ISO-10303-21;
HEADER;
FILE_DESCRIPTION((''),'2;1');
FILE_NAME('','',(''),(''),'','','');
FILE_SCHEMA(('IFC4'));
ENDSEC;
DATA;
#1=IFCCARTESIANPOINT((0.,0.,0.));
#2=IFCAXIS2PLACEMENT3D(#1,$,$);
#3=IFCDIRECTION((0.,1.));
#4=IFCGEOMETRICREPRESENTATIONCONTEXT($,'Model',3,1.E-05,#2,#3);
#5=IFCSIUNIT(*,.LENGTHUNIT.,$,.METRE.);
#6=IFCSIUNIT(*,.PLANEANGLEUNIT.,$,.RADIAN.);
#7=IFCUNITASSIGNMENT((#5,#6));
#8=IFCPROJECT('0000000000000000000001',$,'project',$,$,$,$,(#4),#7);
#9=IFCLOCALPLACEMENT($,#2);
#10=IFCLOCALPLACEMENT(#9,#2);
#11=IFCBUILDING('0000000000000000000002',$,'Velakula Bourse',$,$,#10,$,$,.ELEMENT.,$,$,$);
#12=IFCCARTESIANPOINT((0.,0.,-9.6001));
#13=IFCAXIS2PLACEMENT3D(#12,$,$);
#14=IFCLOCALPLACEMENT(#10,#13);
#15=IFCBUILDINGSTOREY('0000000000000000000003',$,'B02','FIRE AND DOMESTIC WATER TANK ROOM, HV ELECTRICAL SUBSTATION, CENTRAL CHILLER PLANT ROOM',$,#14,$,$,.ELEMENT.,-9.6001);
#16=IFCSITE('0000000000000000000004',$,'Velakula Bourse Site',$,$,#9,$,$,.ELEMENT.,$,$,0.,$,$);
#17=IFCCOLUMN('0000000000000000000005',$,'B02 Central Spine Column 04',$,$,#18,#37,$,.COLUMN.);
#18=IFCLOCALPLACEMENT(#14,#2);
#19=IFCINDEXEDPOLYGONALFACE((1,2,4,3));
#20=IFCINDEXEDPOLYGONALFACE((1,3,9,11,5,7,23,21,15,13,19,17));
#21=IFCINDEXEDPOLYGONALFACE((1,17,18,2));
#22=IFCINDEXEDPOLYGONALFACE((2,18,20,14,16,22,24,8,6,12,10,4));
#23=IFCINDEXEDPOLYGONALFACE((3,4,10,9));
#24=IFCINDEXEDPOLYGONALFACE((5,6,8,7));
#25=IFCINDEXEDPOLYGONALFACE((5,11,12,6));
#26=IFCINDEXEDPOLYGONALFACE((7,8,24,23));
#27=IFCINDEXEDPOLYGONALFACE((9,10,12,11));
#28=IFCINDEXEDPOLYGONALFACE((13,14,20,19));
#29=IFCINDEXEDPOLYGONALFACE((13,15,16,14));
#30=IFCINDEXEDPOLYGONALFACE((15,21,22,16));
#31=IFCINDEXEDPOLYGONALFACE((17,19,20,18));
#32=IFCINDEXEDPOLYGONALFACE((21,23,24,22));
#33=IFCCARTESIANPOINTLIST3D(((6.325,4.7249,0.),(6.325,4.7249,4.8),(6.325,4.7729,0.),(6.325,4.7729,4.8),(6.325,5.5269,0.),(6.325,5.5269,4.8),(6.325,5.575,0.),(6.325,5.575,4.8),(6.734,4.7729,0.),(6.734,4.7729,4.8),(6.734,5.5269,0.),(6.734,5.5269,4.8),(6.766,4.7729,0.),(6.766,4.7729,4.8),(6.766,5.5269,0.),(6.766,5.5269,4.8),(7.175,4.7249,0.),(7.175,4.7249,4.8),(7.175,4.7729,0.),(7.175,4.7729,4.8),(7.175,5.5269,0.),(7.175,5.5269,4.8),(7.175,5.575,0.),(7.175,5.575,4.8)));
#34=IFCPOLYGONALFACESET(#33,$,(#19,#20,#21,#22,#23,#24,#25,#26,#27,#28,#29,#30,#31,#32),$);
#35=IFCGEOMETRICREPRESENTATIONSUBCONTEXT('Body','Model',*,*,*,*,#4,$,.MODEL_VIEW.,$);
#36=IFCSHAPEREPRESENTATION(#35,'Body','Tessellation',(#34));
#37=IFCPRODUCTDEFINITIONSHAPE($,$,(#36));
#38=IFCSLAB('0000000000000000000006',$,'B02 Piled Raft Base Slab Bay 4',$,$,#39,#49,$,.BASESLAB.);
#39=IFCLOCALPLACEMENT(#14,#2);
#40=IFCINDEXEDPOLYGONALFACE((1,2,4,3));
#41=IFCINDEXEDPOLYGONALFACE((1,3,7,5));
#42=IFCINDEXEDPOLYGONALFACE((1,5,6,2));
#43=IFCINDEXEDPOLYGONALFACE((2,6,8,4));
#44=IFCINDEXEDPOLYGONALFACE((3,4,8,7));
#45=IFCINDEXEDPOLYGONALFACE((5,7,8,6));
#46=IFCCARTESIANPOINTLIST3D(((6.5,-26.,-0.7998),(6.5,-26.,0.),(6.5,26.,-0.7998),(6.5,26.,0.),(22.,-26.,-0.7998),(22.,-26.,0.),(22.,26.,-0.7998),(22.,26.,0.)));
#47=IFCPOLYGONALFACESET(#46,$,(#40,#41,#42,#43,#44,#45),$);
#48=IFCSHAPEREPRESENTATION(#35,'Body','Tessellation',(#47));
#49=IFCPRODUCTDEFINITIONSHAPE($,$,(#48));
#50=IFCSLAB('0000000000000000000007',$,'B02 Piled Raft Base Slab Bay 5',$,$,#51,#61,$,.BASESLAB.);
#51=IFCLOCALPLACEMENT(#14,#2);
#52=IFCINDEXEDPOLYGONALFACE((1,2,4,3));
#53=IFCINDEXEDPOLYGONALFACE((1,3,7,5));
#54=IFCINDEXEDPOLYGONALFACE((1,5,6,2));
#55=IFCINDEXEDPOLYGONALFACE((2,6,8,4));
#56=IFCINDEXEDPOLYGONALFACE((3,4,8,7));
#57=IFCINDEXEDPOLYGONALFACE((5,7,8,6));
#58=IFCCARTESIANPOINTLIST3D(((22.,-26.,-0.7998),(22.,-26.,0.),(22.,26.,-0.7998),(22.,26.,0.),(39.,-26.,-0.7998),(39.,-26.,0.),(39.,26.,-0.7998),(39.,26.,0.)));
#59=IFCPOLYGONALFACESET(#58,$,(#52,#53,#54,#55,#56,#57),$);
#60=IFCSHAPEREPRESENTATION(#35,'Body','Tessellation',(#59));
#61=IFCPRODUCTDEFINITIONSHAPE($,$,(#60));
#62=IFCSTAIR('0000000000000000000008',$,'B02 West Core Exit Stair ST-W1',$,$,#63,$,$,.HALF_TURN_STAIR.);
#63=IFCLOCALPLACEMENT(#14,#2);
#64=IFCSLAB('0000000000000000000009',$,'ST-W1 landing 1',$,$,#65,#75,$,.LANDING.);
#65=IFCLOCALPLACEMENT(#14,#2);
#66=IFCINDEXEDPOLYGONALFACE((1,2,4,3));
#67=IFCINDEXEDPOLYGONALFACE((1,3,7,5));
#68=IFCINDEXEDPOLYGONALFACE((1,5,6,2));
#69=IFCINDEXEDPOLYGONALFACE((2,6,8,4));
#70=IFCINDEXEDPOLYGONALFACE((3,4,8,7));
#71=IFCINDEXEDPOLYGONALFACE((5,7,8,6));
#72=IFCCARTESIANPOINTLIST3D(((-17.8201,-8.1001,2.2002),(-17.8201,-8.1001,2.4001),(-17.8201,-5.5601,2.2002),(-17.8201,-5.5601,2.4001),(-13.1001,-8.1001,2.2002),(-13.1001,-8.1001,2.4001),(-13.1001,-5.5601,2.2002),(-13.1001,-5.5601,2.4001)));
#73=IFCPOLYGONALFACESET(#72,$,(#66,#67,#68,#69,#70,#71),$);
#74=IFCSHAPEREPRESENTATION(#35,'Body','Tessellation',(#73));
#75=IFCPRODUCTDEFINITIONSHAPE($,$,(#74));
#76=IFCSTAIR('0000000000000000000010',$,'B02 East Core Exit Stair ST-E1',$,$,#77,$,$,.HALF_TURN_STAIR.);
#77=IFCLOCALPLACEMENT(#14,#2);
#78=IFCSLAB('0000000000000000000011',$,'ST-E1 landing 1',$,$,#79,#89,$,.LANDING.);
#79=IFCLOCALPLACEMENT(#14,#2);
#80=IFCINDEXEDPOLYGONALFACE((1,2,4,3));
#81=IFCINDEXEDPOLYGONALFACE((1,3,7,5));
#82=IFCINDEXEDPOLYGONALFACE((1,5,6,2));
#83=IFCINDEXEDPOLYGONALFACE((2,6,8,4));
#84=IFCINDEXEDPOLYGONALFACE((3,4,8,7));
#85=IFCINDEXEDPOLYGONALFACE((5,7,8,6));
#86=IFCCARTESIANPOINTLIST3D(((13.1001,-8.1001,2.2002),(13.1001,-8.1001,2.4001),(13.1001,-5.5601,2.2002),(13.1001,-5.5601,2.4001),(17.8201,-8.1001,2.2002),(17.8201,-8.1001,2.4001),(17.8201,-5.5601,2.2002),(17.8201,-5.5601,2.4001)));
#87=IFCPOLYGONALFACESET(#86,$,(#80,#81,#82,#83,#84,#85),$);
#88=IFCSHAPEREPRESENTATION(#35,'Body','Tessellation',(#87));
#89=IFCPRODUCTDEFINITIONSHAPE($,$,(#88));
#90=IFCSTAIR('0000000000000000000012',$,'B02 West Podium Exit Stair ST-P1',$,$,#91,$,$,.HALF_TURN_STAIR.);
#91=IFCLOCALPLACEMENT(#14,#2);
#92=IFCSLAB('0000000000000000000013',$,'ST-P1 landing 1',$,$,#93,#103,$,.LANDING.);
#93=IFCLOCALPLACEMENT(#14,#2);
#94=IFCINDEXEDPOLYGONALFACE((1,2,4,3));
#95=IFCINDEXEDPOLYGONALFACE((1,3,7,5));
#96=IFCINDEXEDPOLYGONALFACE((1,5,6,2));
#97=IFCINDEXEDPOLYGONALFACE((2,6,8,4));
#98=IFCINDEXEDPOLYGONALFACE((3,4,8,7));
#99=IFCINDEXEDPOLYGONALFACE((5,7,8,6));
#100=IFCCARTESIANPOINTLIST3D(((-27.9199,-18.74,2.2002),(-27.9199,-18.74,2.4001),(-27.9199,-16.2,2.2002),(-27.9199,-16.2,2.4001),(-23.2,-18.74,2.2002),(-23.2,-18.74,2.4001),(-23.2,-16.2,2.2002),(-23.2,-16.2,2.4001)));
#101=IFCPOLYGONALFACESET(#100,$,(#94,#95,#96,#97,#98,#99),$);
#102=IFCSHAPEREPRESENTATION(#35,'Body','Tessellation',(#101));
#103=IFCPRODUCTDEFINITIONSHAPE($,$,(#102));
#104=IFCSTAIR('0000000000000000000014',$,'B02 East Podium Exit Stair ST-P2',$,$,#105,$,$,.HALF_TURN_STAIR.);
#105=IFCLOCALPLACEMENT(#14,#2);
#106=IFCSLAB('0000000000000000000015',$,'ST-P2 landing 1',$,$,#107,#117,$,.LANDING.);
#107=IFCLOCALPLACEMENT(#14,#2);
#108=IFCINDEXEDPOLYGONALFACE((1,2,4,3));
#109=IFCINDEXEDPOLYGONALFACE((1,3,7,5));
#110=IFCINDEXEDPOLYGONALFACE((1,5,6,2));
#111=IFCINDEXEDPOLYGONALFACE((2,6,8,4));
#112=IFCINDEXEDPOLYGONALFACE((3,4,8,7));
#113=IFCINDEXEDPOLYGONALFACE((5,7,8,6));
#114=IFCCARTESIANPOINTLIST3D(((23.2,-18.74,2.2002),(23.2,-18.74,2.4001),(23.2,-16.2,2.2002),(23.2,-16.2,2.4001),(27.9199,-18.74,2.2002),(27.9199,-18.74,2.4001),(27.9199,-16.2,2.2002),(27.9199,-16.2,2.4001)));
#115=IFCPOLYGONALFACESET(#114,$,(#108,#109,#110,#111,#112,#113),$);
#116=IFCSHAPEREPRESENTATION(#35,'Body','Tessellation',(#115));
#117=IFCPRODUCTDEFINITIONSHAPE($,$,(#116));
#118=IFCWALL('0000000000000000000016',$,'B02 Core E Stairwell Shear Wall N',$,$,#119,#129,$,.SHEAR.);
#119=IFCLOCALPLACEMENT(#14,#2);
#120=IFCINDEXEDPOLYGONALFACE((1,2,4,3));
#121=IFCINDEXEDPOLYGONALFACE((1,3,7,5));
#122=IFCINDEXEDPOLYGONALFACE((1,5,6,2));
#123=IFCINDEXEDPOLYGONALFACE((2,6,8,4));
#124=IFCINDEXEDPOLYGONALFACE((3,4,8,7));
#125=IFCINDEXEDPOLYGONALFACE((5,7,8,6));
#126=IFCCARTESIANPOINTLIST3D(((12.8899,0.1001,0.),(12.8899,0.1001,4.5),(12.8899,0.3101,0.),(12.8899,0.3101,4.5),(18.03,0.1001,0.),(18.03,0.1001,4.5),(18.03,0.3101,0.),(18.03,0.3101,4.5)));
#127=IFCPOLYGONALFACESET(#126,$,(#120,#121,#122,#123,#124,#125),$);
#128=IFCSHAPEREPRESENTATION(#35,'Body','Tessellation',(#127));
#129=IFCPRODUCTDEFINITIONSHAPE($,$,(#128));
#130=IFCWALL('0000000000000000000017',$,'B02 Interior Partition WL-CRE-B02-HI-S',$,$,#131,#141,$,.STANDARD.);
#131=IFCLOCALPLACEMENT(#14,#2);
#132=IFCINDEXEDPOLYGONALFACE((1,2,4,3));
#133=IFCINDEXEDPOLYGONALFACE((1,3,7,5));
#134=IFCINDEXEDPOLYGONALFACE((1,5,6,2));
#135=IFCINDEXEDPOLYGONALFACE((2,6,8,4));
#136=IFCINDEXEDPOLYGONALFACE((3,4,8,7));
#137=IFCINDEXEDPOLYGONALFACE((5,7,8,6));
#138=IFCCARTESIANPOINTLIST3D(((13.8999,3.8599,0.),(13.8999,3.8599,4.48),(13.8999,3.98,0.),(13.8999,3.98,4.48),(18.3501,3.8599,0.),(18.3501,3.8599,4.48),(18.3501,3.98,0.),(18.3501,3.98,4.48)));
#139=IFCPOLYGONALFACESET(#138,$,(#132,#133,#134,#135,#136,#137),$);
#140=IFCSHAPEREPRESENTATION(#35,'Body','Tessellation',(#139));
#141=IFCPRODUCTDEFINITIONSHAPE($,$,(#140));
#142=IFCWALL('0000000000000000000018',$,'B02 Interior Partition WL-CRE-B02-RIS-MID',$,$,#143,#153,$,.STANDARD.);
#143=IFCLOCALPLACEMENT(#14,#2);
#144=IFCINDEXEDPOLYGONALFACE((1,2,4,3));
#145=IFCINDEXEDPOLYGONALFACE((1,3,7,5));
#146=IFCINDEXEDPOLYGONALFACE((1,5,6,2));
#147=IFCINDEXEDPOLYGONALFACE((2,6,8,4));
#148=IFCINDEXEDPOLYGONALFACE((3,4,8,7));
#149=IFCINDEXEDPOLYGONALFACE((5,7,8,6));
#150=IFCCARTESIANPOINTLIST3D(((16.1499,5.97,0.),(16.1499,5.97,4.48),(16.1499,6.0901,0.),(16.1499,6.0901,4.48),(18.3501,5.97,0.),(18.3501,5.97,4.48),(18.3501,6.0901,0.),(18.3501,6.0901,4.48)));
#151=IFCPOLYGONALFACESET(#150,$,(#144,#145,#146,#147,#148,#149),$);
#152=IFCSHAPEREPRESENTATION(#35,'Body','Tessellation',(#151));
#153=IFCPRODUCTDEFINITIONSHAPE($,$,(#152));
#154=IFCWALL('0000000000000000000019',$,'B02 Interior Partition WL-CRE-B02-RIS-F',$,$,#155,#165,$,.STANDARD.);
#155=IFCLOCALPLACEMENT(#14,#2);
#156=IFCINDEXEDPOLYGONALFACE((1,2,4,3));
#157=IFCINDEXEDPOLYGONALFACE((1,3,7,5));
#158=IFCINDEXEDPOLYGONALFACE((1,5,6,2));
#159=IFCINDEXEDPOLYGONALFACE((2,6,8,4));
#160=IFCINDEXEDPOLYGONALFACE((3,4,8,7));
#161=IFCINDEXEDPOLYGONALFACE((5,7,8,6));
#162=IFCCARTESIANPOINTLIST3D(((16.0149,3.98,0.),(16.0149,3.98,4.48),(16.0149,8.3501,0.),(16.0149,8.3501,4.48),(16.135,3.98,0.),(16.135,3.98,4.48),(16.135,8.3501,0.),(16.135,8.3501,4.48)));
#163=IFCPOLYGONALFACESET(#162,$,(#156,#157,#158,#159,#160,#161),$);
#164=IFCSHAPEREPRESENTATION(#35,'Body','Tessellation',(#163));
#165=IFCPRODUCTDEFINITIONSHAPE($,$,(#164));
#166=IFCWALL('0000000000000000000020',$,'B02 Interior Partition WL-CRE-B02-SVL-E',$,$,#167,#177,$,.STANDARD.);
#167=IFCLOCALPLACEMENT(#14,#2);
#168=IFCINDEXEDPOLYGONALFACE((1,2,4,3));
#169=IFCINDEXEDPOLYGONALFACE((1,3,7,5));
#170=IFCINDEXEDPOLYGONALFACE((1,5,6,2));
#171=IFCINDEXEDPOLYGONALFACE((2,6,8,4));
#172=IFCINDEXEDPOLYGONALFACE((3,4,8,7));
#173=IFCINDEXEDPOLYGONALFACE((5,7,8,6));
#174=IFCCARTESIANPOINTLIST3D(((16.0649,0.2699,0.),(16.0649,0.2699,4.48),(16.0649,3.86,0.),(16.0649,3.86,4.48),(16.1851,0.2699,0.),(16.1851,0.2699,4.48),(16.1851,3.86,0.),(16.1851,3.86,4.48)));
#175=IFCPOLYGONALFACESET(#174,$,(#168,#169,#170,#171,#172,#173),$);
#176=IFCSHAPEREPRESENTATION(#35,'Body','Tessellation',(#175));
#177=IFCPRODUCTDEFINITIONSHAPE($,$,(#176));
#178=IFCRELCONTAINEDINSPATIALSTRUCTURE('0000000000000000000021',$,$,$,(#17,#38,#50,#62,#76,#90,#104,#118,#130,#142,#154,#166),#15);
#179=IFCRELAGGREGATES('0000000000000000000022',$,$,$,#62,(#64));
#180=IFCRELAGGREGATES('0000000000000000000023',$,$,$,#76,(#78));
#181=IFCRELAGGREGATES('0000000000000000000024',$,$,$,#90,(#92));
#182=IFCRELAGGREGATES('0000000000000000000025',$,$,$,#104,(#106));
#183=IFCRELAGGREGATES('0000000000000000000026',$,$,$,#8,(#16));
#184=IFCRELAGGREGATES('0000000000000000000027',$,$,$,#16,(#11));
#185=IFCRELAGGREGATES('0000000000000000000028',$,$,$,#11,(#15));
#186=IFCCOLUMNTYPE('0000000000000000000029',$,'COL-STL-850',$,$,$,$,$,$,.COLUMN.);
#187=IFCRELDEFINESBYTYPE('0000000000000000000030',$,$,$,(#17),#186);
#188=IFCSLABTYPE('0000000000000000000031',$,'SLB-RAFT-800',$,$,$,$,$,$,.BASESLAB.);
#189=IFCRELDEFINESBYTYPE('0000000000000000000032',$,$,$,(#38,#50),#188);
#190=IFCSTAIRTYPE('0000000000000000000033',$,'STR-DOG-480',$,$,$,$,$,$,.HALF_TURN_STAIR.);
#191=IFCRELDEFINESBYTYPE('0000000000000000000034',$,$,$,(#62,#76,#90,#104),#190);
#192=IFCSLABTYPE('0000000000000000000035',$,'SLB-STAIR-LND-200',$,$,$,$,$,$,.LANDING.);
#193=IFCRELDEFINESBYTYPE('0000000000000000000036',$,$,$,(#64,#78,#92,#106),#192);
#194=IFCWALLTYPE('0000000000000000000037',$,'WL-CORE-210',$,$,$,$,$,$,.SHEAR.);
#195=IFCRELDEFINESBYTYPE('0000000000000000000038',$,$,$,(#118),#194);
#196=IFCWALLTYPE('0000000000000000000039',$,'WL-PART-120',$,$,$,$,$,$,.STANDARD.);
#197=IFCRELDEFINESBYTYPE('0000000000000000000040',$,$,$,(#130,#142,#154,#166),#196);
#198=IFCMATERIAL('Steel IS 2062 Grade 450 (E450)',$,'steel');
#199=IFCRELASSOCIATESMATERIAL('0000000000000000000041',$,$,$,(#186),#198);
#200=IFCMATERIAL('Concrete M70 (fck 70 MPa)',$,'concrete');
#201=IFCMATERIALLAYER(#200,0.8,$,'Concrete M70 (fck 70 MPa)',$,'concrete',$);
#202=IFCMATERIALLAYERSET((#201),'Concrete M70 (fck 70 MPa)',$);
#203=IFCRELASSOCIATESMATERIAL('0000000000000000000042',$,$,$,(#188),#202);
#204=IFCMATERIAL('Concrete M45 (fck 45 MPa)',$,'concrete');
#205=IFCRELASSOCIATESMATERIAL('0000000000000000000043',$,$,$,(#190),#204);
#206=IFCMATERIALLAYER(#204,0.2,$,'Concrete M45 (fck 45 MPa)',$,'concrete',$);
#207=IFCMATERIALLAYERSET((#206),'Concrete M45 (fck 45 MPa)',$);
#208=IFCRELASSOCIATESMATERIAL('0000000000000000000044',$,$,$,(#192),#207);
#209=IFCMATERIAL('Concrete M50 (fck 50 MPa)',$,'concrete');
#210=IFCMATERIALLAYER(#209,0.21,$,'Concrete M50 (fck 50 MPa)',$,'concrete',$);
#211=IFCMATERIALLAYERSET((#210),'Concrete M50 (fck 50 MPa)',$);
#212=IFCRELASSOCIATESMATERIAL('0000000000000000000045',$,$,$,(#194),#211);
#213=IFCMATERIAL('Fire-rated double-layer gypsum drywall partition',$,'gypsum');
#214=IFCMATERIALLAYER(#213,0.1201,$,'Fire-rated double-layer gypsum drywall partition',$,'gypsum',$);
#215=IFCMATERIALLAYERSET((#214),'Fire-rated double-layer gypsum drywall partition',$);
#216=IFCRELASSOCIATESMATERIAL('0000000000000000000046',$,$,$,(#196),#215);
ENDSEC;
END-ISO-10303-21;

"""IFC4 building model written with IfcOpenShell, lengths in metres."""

from ifc_helpers import new_model, si_unit, direction, frame, frame_2d, origin, origin_2d, place, context, subcontext, project, spatial, polyline, rectangle, i_section, outline, extrude, material, layer, layer_set, material_profile, profile_set, type_object, element, aggregate, save


model = new_model("IFC4")

# Units and contexts
model_context = context("Model", 3, precision=1e-05, world=origin(), true_north=direction((0.0, 1.0)))
body_context = subcontext(model_context, "Body", "Model", "MODEL_VIEW")
ifc_project = project(units=[si_unit("LENGTHUNIT", "METRE"), si_unit("PLANEANGLEUNIT", "RADIAN")], contexts=[model_context])

# Site, building, storey
site_placement = place(None, origin())
site = spatial("IfcSite", under=ifc_project, at=site_placement, Name="Velakula Bourse Site", CompositionType="ELEMENT", RefElevation=0.0)
building_placement = place(site_placement, origin())
building = spatial("IfcBuilding", under=site, at=building_placement, Name="Velakula Bourse", CompositionType="ELEMENT")
storey_placement = place(building_placement, frame((0.0, 0.0, -9.6001)))
storey = spatial("IfcBuildingStorey", under=building, at=storey_placement, Name="B02", Description="FIRE AND DOMESTIC WATER TANK ROOM, HV ELECTRICAL SUBSTATION, CENTRAL CHILLER PLANT ROOM", CompositionType="ELEMENT", Elevation=-9.6001)

# Shared definitions
ifc_material_1 = material(Name="Concrete M70 (fck 70 MPa)", Category="concrete")

# Shared definitions
ifc_material_2 = material(Name="Concrete M50 (fck 50 MPa)", Category="concrete")

# Column
ifc_material_3 = material(Name="Steel IS 2062 Grade 450 (E450)", Category="steel")
ifc_material_profile_1 = material_profile(ifc_material_3, i_section(OverallWidth=0.8501, OverallDepth=0.8501, WebThickness=0.032, FlangeThickness=0.0481, at=origin_2d()), Name="Steel IS 2062 Grade 450 (E450)")
ifc_profile_set_1 = profile_set([ifc_material_profile_1], Name="Steel IS 2062 Grade 450 (E450)")
column_type_1 = type_object("IfcColumnType", Name="COL-STL-850", PredefinedType="COLUMN", material=ifc_profile_set_1)
column_placement = place(storey_placement, frame((6.75, 5.1499, 0.0), z_axis=(0.0, 0.0, 1.0), x_axis=(1.0, 0.0, 0.0)))
element("IfcColumn", 1, at=column_placement, inside=storey, type_object=column_type_1, Name="B02 Central Spine Column 04", PredefinedType="COLUMN", context=body_context, shape_type="SweptSolid", body=[
    extrude(i_section(OverallWidth=0.8501, OverallDepth=0.8501, WebThickness=0.032, FlangeThickness=0.0481, at=origin_2d()), origin(), (0.0, 0.0, 1.0), 4.8),
])

# Slabs
ifc_layer_1 = layer(ifc_material_1, 0.8, Name="Concrete M70 (fck 70 MPa)", Category="concrete")
ifc_layer_set_1 = layer_set([ifc_layer_1], Name="Concrete M70 (fck 70 MPa)")
slab_type_1 = type_object("IfcSlabType", Name="SLB-RAFT-800", PredefinedType="BASESLAB", material=ifc_layer_set_1)
slab_1_placement = place(storey_placement, frame((0.0, 0.0, -0.7998)))
element("IfcSlab", 2, at=slab_1_placement, inside=storey, type_object=slab_type_1, Name="B02 Piled Raft Base Slab Bay 4", PredefinedType="BASESLAB", context=body_context, shape_type="SweptSolid", body=[
    extrude(outline(polyline([(6.5, -26.0), (22.0, -26.0), (22.0, 26.0), (6.5, 26.0), (6.5, -26.0)])), origin(), (0.0, 0.0, 1.0), 0.7998),
])
slab_2_placement = place(storey_placement, frame((0.0, 0.0, -0.7998)))
element("IfcSlab", 3, at=slab_2_placement, inside=storey, type_object=slab_type_1, Name="B02 Piled Raft Base Slab Bay 5", PredefinedType="BASESLAB", context=body_context, shape_type="SweptSolid", body=[
    extrude(outline(polyline([(22.0, -26.0), (39.0, -26.0), (39.0, 26.0), (22.0, 26.0), (22.0, -26.0)])), origin(), (0.0, 0.0, 1.0), 0.7998),
])

# Stairs, slabs
ifc_material_4 = material(Name="Concrete M45 (fck 45 MPa)", Category="concrete")
stair_type = type_object("IfcStairType", Name="STR-DOG-480", PredefinedType="HALF_TURN_STAIR", material=ifc_material_4)
stair_1_placement = place(storey_placement, origin())
stair_1 = element("IfcStair", 4, at=stair_1_placement, inside=storey, type_object=stair_type, Name="B02 West Core Exit Stair ST-W1", PredefinedType="HALF_TURN_STAIR")
ifc_layer_2 = layer(ifc_material_4, 0.2, Name="Concrete M45 (fck 45 MPa)", Category="concrete")
ifc_layer_set_2 = layer_set([ifc_layer_2], Name="Concrete M45 (fck 45 MPa)")
slab_type_2 = type_object("IfcSlabType", Name="SLB-STAIR-LND-200", PredefinedType="LANDING", material=ifc_layer_set_2)
slab_3_placement = place(storey_placement, frame((0.0, 0.0, 2.2002)))
slab_3 = element("IfcSlab", 5, at=slab_3_placement, type_object=slab_type_2, Name="ST-W1 landing 1", PredefinedType="LANDING", context=body_context, shape_type="SweptSolid", body=[
    extrude(outline(polyline([(-17.8201, -5.5601), (-17.8201, -8.1001), (-13.1001, -8.1001), (-13.1001, -5.5601), (-17.8201, -5.5601)])), origin(), (0.0, 0.0, 1.0), 0.2),
])
aggregate(stair_1, [slab_3])
stair_2_placement = place(storey_placement, origin())
stair_2 = element("IfcStair", 6, at=stair_2_placement, inside=storey, type_object=stair_type, Name="B02 East Core Exit Stair ST-E1", PredefinedType="HALF_TURN_STAIR")
slab_4_placement = place(storey_placement, frame((0.0, 0.0, 2.2002)))
slab_4 = element("IfcSlab", 7, at=slab_4_placement, type_object=slab_type_2, Name="ST-E1 landing 1", PredefinedType="LANDING", context=body_context, shape_type="SweptSolid", body=[
    extrude(outline(polyline([(13.1001, -5.5601), (13.1001, -8.1001), (17.8201, -8.1001), (17.8201, -5.5601), (13.1001, -5.5601)])), origin(), (0.0, 0.0, 1.0), 0.2),
])
aggregate(stair_2, [slab_4])
stair_3_placement = place(storey_placement, origin())
stair_3 = element("IfcStair", 8, at=stair_3_placement, inside=storey, type_object=stair_type, Name="B02 West Podium Exit Stair ST-P1", PredefinedType="HALF_TURN_STAIR")
slab_5_placement = place(storey_placement, frame((0.0, 0.0, 2.2002)))
slab_5 = element("IfcSlab", 9, at=slab_5_placement, type_object=slab_type_2, Name="ST-P1 landing 1", PredefinedType="LANDING", context=body_context, shape_type="SweptSolid", body=[
    extrude(outline(polyline([(-23.2, -18.74), (-23.2, -16.2), (-27.9199, -16.2), (-27.9199, -18.74), (-23.2, -18.74)])), origin(), (0.0, 0.0, 1.0), 0.2),
])
aggregate(stair_3, [slab_5])
stair_4_placement = place(storey_placement, origin())
stair_4 = element("IfcStair", 10, at=stair_4_placement, inside=storey, type_object=stair_type, Name="B02 East Podium Exit Stair ST-P2", PredefinedType="HALF_TURN_STAIR")
slab_6_placement = place(storey_placement, frame((0.0, 0.0, 2.2002)))
slab_6 = element("IfcSlab", 11, at=slab_6_placement, type_object=slab_type_2, Name="ST-P2 landing 1", PredefinedType="LANDING", context=body_context, shape_type="SweptSolid", body=[
    extrude(outline(polyline([(27.9199, -18.74), (27.9199, -16.2), (23.2, -16.2), (23.2, -18.74), (27.9199, -18.74)])), origin(), (0.0, 0.0, 1.0), 0.2),
])
aggregate(stair_4, [slab_6])

# Walls
ifc_layer_3 = layer(ifc_material_2, 0.21, Name="Concrete M50 (fck 50 MPa)", Category="concrete")
ifc_layer_set_3 = layer_set([ifc_layer_3], Name="Concrete M50 (fck 50 MPa)")
wall_type_1 = type_object("IfcWallType", Name="WL-CORE-210", PredefinedType="SHEAR", material=ifc_layer_set_3)
wall_1_placement = place(storey_placement, frame((18.03, 0.2051, 0.0), z_axis=(0.0, 0.0, 1.0), x_axis=(-1.0, 0.0, 0.0)))
element("IfcWall", 12, at=wall_1_placement, inside=storey, type_object=wall_type_1, Name="B02 Core E Stairwell Shear Wall N", PredefinedType="SHEAR", context=body_context, shape_type="SweptSolid", body=[
    extrude(rectangle(XDim=5.1401, YDim=0.21, at=frame_2d((2.5701, 0.0))), origin(), (0.0, 0.0, 1.0), 4.5),
])
ifc_material_5 = material(Name="Fire-rated double-layer gypsum drywall partition", Category="gypsum")
ifc_layer_4 = layer(ifc_material_5, 0.1201, Name="Fire-rated double-layer gypsum drywall partition", Category="gypsum")
ifc_layer_set_4 = layer_set([ifc_layer_4], Name="Fire-rated double-layer gypsum drywall partition")
wall_type_2 = type_object("IfcWallType", Name="WL-PART-120", PredefinedType="STANDARD", material=ifc_layer_set_4)
wall_2_placement = place(storey_placement, frame((13.8999, 3.9199, 0.0), z_axis=(0.0, 0.0, 1.0), x_axis=(1.0, 0.0, 0.0)))
element("IfcWall", 13, at=wall_2_placement, inside=storey, type_object=wall_type_2, Name="B02 Interior Partition WL-CRE-B02-HI-S", PredefinedType="STANDARD", context=body_context, shape_type="SweptSolid", body=[
    extrude(rectangle(XDim=4.4502, YDim=0.1201, at=frame_2d((2.2251, 0.0))), origin(), (0.0, 0.0, 1.0), 4.48),
])
wall_3_placement = place(storey_placement, frame((16.1499, 6.03, 0.0), z_axis=(0.0, 0.0, 1.0), x_axis=(1.0, 0.0, 0.0)))
element("IfcWall", 14, at=wall_3_placement, inside=storey, type_object=wall_type_2, Name="B02 Interior Partition WL-CRE-B02-RIS-MID", PredefinedType="STANDARD", context=body_context, shape_type="SweptSolid", body=[
    extrude(rectangle(XDim=2.2002, YDim=0.1201, at=frame_2d((1.1001, 0.0))), origin(), (0.0, 0.0, 1.0), 4.48),
])
wall_4_placement = place(storey_placement, frame((16.075, 3.98, 0.0), z_axis=(0.0, 0.0, 1.0), x_axis=(0.0, 1.0, 0.0)))
element("IfcWall", 15, at=wall_4_placement, inside=storey, type_object=wall_type_2, Name="B02 Interior Partition WL-CRE-B02-RIS-F", PredefinedType="STANDARD", context=body_context, shape_type="SweptSolid", body=[
    extrude(rectangle(XDim=4.3701, YDim=0.1201, at=frame_2d((2.1851, 0.0))), origin(), (0.0, 0.0, 1.0), 4.48),
])
wall_5_placement = place(storey_placement, frame((16.125, 0.27, 0.0), z_axis=(0.0, 0.0, 1.0), x_axis=(0.0, 1.0, 0.0)))
element("IfcWall", 16, at=wall_5_placement, inside=storey, type_object=wall_type_2, Name="B02 Interior Partition WL-CRE-B02-SVL-E", PredefinedType="STANDARD", context=body_context, shape_type="SweptSolid", body=[
    extrude(rectangle(XDim=3.5901, YDim=0.1201, at=frame_2d((1.7949, 0.0))), origin(), (0.0, 0.0, 1.0), 4.48),
])

save(model, "model.ifc")
